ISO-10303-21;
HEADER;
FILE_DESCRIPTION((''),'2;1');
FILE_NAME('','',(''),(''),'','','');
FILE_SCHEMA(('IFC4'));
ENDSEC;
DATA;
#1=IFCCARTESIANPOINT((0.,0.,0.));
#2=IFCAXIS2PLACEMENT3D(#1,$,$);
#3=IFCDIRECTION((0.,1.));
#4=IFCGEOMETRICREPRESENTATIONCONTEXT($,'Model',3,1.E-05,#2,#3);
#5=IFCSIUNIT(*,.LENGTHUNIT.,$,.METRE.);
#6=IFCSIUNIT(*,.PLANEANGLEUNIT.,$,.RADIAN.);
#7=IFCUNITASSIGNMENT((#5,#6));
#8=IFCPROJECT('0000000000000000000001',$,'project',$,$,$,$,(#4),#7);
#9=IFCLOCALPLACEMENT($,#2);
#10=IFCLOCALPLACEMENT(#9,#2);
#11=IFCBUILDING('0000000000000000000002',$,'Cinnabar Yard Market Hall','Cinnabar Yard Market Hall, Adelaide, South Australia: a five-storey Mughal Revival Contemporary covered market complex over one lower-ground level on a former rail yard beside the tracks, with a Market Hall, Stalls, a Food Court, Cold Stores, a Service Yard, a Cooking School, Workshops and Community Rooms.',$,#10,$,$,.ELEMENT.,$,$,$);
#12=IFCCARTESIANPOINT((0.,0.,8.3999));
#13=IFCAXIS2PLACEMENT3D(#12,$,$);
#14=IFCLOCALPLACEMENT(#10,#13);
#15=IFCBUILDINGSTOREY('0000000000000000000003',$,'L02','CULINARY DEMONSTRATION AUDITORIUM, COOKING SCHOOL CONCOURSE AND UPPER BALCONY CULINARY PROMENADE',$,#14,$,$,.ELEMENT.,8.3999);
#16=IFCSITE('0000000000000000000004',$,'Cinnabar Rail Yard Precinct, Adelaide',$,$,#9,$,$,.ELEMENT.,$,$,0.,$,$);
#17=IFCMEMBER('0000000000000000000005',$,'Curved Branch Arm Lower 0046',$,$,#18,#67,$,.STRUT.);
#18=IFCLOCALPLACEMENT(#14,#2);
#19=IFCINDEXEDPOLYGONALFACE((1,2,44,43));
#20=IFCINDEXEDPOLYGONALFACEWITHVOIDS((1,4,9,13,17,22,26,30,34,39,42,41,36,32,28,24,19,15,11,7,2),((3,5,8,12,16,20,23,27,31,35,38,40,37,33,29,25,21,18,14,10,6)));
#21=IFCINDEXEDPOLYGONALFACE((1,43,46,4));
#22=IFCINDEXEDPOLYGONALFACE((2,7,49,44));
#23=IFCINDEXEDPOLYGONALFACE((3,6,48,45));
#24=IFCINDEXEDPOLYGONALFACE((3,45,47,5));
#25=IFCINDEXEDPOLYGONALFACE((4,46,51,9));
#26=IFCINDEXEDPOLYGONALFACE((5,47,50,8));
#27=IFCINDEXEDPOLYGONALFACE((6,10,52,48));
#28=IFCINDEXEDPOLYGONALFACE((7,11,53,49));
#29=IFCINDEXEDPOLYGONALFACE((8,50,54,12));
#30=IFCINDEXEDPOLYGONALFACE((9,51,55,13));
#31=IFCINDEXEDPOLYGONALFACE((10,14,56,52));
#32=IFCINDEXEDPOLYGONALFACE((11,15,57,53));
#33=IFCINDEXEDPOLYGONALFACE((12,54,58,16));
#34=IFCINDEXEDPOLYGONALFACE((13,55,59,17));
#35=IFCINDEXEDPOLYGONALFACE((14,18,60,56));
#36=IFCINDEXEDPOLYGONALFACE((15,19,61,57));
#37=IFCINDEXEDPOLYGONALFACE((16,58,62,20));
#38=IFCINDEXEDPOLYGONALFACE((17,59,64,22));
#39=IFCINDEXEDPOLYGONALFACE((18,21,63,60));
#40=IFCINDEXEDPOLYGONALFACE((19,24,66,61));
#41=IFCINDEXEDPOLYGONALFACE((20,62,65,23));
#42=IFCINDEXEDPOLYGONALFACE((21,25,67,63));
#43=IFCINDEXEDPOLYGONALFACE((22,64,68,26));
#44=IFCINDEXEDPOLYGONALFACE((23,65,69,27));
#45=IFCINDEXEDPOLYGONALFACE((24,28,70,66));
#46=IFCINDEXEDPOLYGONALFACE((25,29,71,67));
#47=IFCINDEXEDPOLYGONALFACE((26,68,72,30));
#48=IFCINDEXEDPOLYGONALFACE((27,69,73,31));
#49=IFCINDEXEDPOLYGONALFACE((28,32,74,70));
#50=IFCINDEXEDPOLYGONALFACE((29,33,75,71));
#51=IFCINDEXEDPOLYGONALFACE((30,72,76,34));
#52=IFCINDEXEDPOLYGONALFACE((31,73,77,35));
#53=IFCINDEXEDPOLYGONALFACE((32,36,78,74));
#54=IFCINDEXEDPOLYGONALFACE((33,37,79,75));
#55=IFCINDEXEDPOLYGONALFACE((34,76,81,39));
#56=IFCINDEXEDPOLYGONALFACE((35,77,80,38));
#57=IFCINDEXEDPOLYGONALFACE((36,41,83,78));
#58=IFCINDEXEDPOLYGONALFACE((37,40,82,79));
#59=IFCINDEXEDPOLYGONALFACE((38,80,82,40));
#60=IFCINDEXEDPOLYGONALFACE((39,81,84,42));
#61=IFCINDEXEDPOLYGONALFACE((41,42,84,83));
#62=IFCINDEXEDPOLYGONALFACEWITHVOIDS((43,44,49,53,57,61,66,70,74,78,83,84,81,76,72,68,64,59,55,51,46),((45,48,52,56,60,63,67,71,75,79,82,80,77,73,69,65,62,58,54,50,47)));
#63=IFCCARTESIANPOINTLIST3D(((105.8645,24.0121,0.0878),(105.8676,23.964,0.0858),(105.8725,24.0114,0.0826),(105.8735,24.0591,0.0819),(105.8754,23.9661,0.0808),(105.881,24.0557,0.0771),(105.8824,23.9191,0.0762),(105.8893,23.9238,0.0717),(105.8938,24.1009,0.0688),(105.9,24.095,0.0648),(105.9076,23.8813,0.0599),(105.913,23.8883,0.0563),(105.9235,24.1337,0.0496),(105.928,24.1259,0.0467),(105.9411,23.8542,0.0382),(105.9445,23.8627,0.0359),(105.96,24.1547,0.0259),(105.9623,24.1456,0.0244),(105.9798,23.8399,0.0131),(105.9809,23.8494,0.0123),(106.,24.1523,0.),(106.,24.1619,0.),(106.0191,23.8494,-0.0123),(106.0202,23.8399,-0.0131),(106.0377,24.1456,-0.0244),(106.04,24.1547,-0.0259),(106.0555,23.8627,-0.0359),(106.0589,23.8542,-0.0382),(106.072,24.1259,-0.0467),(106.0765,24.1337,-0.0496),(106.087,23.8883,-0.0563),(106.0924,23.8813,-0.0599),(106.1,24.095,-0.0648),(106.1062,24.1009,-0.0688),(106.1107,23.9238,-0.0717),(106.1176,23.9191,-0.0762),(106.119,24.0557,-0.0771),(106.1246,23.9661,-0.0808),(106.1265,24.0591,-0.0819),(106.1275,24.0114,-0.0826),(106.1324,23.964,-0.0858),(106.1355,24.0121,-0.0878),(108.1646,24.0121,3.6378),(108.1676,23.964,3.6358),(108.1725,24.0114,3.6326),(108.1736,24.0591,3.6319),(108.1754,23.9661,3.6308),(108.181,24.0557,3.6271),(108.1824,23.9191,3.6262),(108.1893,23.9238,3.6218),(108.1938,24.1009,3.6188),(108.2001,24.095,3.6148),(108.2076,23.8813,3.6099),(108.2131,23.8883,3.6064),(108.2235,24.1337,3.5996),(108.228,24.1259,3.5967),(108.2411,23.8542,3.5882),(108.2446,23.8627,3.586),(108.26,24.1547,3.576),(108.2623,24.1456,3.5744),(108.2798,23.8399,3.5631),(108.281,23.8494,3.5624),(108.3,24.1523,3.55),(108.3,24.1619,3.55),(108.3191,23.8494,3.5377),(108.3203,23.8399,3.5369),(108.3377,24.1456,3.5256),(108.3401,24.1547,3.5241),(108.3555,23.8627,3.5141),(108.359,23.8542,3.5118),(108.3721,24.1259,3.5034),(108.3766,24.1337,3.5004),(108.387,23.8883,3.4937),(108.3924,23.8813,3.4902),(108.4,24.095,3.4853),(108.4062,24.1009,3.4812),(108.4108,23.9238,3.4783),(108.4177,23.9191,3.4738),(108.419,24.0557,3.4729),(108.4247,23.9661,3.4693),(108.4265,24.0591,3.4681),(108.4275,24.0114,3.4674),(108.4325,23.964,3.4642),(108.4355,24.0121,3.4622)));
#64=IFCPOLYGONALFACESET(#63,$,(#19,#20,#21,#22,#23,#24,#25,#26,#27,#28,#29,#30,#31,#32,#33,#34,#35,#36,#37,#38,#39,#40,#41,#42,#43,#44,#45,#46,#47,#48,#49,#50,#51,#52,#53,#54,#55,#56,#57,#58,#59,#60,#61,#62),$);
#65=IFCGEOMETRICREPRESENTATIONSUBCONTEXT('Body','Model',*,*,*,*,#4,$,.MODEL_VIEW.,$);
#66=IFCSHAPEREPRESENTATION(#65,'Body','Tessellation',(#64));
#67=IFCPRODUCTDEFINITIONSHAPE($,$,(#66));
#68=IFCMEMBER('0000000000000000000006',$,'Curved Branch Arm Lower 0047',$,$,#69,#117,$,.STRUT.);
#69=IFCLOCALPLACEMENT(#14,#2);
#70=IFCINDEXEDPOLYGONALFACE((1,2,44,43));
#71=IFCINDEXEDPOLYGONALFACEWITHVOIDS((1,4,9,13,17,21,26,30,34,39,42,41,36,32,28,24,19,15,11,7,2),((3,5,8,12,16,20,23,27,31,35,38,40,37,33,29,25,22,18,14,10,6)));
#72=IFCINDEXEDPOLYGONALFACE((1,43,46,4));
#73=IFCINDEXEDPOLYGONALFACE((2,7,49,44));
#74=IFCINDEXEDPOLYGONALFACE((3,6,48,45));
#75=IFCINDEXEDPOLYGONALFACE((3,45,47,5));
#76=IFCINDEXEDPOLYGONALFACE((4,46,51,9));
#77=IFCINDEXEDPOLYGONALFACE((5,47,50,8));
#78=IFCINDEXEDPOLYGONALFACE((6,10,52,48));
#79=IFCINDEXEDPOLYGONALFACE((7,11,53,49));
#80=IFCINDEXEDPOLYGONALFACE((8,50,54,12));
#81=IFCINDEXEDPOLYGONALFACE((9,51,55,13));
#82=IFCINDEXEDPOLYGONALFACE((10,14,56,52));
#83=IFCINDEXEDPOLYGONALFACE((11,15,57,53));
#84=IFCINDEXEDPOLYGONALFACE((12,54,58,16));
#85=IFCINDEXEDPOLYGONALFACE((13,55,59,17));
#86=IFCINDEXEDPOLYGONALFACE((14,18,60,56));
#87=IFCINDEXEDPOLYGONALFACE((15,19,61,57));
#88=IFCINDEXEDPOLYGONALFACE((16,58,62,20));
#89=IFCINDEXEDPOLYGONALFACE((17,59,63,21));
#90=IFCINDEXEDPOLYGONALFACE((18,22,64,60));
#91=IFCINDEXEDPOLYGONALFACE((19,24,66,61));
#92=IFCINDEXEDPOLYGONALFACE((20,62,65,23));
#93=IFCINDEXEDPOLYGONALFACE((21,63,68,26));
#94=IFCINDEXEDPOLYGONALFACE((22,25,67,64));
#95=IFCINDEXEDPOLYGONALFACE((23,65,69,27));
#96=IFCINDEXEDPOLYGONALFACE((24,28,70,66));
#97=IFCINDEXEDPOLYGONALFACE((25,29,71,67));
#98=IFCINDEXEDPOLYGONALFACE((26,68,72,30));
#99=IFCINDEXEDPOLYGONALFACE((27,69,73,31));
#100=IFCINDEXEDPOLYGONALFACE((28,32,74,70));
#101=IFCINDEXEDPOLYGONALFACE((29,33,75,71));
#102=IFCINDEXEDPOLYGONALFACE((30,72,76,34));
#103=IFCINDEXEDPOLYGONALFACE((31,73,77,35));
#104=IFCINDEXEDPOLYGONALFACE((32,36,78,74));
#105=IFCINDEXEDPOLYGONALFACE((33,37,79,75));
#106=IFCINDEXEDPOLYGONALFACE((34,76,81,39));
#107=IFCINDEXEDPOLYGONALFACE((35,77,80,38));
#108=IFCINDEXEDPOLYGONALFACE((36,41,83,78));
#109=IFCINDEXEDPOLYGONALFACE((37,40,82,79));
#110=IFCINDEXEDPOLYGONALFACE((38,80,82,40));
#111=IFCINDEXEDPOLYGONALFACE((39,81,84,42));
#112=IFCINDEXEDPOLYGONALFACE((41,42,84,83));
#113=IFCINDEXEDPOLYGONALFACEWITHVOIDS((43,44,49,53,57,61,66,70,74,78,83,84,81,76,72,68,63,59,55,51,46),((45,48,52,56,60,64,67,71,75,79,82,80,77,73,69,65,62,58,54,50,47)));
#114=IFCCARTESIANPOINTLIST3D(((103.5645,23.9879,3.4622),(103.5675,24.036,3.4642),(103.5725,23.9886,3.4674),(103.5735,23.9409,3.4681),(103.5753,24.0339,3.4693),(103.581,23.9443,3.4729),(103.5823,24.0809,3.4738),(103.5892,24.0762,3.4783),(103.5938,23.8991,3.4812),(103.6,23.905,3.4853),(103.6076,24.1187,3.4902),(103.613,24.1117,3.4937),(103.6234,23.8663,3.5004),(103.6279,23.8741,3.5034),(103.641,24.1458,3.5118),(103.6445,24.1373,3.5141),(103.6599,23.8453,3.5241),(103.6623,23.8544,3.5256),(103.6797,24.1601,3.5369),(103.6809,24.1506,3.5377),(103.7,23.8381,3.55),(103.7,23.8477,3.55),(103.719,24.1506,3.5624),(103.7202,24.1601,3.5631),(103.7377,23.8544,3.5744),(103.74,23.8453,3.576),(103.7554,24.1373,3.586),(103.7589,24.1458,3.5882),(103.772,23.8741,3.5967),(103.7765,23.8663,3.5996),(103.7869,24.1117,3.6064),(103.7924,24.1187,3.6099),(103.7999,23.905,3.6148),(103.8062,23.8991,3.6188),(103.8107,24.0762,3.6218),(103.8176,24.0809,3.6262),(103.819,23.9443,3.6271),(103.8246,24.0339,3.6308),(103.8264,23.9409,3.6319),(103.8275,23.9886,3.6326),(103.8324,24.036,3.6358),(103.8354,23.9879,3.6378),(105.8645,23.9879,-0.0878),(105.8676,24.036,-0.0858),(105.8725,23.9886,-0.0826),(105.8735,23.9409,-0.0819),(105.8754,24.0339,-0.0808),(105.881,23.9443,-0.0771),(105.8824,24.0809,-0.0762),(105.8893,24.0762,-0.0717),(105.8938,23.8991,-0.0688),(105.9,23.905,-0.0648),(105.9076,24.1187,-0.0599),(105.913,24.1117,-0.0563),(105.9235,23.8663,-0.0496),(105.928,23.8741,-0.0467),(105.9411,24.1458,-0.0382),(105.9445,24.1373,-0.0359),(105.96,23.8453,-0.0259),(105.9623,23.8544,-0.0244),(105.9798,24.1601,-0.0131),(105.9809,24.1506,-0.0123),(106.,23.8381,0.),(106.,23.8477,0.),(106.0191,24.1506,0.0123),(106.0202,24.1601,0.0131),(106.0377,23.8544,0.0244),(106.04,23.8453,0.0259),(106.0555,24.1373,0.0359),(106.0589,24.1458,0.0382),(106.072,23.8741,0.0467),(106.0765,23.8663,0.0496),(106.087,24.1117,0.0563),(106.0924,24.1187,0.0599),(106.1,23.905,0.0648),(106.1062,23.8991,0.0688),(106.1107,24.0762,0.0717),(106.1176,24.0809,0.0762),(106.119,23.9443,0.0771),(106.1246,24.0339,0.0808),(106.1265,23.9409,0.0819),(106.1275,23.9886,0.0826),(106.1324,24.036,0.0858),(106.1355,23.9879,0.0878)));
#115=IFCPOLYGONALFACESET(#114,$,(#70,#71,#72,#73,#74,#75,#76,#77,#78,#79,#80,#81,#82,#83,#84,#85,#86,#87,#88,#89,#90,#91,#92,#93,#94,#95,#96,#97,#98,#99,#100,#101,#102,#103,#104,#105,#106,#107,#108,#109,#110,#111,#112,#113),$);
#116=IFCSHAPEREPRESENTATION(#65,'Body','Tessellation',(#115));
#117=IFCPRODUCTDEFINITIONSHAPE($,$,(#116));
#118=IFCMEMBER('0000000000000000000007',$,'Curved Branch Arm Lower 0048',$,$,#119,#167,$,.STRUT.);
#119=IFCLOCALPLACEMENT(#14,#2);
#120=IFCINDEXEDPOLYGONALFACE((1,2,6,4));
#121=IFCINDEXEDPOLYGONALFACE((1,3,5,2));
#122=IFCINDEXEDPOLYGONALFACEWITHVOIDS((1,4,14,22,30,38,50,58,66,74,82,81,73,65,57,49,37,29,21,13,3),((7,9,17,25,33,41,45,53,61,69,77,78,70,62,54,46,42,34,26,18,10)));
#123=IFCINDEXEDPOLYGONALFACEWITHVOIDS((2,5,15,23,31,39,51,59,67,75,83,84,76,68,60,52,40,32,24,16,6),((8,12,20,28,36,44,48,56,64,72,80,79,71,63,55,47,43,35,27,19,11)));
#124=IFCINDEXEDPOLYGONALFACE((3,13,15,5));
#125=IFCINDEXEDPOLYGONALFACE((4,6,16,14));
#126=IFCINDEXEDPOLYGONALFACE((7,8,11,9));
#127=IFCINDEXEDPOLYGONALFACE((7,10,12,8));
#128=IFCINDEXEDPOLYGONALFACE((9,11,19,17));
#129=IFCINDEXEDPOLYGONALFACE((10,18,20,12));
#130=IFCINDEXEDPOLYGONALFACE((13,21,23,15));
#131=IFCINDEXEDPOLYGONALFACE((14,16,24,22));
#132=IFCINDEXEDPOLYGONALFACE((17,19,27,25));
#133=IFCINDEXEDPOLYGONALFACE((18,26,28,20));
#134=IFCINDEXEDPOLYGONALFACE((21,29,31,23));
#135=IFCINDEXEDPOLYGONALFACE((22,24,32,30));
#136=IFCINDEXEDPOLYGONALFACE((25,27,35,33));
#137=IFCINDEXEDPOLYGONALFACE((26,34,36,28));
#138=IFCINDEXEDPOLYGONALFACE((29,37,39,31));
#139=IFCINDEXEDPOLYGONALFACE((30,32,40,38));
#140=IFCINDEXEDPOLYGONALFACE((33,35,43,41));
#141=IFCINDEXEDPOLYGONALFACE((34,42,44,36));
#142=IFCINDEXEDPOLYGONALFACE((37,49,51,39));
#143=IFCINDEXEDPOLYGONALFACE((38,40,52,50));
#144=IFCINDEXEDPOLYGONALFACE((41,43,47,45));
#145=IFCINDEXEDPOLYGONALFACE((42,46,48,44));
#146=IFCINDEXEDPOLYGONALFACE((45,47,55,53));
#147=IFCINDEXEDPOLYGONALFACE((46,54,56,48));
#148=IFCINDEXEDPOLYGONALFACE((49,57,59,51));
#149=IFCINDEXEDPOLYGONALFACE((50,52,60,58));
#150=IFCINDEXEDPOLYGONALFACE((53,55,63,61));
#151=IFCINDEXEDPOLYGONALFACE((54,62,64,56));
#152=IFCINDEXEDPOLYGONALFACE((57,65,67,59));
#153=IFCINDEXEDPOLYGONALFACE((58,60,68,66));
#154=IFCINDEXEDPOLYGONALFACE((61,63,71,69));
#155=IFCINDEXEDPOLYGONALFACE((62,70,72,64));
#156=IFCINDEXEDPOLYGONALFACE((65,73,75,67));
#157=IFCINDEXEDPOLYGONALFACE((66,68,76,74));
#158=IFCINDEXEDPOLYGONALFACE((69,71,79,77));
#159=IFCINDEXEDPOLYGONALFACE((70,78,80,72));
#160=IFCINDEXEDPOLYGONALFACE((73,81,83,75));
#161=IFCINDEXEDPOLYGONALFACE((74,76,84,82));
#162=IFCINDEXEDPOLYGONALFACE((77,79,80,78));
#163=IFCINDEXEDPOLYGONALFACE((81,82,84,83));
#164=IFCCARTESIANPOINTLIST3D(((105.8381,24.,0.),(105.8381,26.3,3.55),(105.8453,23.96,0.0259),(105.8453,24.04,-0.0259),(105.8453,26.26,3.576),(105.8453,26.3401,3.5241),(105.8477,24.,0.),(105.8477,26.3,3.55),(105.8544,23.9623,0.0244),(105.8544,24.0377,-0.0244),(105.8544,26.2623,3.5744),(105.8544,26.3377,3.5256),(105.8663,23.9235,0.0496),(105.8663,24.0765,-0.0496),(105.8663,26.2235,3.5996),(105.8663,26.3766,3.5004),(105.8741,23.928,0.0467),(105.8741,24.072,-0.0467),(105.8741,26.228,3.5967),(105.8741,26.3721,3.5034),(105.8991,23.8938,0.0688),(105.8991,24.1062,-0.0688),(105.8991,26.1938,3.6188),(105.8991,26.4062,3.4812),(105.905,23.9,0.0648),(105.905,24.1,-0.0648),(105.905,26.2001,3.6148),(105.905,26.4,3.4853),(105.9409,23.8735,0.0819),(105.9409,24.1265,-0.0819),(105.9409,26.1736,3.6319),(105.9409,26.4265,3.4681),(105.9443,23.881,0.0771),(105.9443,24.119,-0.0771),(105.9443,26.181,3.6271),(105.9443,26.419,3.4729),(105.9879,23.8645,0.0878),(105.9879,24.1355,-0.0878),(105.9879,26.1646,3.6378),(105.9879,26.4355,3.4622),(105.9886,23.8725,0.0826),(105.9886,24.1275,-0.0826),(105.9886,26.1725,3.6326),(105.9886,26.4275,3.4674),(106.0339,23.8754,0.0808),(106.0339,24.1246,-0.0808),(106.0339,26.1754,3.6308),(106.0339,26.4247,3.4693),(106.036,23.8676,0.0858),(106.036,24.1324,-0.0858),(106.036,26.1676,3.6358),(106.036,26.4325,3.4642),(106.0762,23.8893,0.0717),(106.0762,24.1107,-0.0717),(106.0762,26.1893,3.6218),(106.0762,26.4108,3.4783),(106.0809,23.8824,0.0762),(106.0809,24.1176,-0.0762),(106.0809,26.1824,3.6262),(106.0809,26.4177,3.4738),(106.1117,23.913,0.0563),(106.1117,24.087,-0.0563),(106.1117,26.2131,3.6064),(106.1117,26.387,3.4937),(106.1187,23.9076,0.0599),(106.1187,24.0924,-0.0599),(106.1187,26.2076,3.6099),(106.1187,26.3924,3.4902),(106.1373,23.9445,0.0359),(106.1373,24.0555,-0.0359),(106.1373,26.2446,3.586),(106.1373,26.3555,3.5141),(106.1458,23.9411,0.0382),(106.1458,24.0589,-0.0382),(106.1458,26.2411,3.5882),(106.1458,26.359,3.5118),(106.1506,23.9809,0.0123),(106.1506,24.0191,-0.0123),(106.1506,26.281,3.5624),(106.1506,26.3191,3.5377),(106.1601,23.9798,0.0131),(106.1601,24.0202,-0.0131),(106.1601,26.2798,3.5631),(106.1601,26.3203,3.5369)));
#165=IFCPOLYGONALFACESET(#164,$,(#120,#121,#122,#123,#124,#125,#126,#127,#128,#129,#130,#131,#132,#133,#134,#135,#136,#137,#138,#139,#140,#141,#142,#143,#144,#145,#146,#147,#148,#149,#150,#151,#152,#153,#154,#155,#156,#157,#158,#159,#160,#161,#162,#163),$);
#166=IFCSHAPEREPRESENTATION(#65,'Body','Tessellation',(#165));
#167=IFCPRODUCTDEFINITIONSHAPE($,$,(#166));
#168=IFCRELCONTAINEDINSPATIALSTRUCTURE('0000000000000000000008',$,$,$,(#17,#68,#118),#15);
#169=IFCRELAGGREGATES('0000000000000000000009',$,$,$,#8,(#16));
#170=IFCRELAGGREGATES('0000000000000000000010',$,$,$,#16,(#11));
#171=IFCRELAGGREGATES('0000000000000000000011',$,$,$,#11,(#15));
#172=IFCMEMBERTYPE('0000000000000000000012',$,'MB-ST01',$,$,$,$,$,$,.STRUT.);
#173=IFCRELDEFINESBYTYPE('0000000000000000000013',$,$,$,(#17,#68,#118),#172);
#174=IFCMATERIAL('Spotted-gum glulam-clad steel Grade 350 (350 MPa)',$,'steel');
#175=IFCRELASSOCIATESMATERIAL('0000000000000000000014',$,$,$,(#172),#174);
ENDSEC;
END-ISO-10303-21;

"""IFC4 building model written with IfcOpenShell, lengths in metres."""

from ifc_helpers import new_model, si_unit, direction, frame, origin, origin_2d_with_axis, place, context, subcontext, project, spatial, hollow_circle, extrude, material, material_profile, profile_set, type_object, element, save


model = new_model("IFC4")

# Units and contexts
model_context = context("Model", 3, precision=1e-05, world=origin(), true_north=direction((0.0, 1.0)))
body_context = subcontext(model_context, "Body", "Model", "MODEL_VIEW")
ifc_project = project(units=[si_unit("LENGTHUNIT", "METRE"), si_unit("PLANEANGLEUNIT", "RADIAN")], contexts=[model_context])

# Site, building, storey
site_placement = place(None, origin())
site = spatial("IfcSite", under=ifc_project, at=site_placement, Name="Cinnabar Rail Yard Precinct, Adelaide", CompositionType="ELEMENT", RefElevation=0.0)
building_placement = place(site_placement, origin())
building = spatial("IfcBuilding", under=site, at=building_placement, Name="Cinnabar Yard Market Hall", Description="Cinnabar Yard Market Hall, Adelaide, South Australia: a five-storey Mughal Revival Contemporary covered market complex over one lower-ground level on a former rail yard beside the tracks, with a Market Hall, Stalls, a Food Court, Cold Stores, a Service Yard, a Cooking School, Workshops and Community Rooms.", CompositionType="ELEMENT")
storey_placement = place(building_placement, frame((0.0, 0.0, 8.3999)))
storey = spatial("IfcBuildingStorey", under=building, at=storey_placement, Name="L02", Description="CULINARY DEMONSTRATION AUDITORIUM, COOKING SCHOOL CONCOURSE AND UPPER BALCONY CULINARY PROMENADE", CompositionType="ELEMENT", Elevation=8.3999)

# Shared definitions
ifc_material_1 = material(Name="Spotted-gum glulam-clad steel Grade 350 (350 MPa)", Category="steel")

# Members
ifc_material_profile_1 = material_profile(ifc_material_1, hollow_circle(Radius=0.1619, WallThickness=0.0095, at=origin_2d_with_axis()), Name="323.9x9.5CHS")
ifc_profile_set_1 = profile_set([ifc_material_profile_1], Name="Spotted-gum glulam-clad steel Grade 350 (350 MPa)")
member_type_1 = type_object("IfcMemberType", Name="MB-ST01", PredefinedType="STRUT", material=ifc_profile_set_1)
for number, where, z_axis, x_axis, name in (
    (1, (106.0, 24.0, 0.0), (0.543744, 0.0, 0.839251), (0.0, 1.0, 0.0), "Curved Branch Arm Lower 0046"),
    (2, (106.0, 24.0, 0.0), (-0.543744, 0.0, 0.839251), (0.0, -1.0, 0.0), "Curved Branch Arm Lower 0047"),
    (3, (106.0, 24.0, 0.0), (0.0, 0.543744, 0.839251), (-1.0, 0.0, 0.0), "Curved Branch Arm Lower 0048"),
):
    element("IfcMember", number, at=place(storey_placement, frame(where, z_axis=z_axis, x_axis=x_axis)), inside=storey, type_object=member_type_1, Name=name, PredefinedType="STRUT", context=body_context, shape_type="SweptSolid", body=[
        extrude(hollow_circle(Radius=0.1619, WallThickness=0.0095, at=origin_2d_with_axis()), origin(), (0.0, 0.0, 1.0), 4.23),
    ])

save(model, "model.ifc")
